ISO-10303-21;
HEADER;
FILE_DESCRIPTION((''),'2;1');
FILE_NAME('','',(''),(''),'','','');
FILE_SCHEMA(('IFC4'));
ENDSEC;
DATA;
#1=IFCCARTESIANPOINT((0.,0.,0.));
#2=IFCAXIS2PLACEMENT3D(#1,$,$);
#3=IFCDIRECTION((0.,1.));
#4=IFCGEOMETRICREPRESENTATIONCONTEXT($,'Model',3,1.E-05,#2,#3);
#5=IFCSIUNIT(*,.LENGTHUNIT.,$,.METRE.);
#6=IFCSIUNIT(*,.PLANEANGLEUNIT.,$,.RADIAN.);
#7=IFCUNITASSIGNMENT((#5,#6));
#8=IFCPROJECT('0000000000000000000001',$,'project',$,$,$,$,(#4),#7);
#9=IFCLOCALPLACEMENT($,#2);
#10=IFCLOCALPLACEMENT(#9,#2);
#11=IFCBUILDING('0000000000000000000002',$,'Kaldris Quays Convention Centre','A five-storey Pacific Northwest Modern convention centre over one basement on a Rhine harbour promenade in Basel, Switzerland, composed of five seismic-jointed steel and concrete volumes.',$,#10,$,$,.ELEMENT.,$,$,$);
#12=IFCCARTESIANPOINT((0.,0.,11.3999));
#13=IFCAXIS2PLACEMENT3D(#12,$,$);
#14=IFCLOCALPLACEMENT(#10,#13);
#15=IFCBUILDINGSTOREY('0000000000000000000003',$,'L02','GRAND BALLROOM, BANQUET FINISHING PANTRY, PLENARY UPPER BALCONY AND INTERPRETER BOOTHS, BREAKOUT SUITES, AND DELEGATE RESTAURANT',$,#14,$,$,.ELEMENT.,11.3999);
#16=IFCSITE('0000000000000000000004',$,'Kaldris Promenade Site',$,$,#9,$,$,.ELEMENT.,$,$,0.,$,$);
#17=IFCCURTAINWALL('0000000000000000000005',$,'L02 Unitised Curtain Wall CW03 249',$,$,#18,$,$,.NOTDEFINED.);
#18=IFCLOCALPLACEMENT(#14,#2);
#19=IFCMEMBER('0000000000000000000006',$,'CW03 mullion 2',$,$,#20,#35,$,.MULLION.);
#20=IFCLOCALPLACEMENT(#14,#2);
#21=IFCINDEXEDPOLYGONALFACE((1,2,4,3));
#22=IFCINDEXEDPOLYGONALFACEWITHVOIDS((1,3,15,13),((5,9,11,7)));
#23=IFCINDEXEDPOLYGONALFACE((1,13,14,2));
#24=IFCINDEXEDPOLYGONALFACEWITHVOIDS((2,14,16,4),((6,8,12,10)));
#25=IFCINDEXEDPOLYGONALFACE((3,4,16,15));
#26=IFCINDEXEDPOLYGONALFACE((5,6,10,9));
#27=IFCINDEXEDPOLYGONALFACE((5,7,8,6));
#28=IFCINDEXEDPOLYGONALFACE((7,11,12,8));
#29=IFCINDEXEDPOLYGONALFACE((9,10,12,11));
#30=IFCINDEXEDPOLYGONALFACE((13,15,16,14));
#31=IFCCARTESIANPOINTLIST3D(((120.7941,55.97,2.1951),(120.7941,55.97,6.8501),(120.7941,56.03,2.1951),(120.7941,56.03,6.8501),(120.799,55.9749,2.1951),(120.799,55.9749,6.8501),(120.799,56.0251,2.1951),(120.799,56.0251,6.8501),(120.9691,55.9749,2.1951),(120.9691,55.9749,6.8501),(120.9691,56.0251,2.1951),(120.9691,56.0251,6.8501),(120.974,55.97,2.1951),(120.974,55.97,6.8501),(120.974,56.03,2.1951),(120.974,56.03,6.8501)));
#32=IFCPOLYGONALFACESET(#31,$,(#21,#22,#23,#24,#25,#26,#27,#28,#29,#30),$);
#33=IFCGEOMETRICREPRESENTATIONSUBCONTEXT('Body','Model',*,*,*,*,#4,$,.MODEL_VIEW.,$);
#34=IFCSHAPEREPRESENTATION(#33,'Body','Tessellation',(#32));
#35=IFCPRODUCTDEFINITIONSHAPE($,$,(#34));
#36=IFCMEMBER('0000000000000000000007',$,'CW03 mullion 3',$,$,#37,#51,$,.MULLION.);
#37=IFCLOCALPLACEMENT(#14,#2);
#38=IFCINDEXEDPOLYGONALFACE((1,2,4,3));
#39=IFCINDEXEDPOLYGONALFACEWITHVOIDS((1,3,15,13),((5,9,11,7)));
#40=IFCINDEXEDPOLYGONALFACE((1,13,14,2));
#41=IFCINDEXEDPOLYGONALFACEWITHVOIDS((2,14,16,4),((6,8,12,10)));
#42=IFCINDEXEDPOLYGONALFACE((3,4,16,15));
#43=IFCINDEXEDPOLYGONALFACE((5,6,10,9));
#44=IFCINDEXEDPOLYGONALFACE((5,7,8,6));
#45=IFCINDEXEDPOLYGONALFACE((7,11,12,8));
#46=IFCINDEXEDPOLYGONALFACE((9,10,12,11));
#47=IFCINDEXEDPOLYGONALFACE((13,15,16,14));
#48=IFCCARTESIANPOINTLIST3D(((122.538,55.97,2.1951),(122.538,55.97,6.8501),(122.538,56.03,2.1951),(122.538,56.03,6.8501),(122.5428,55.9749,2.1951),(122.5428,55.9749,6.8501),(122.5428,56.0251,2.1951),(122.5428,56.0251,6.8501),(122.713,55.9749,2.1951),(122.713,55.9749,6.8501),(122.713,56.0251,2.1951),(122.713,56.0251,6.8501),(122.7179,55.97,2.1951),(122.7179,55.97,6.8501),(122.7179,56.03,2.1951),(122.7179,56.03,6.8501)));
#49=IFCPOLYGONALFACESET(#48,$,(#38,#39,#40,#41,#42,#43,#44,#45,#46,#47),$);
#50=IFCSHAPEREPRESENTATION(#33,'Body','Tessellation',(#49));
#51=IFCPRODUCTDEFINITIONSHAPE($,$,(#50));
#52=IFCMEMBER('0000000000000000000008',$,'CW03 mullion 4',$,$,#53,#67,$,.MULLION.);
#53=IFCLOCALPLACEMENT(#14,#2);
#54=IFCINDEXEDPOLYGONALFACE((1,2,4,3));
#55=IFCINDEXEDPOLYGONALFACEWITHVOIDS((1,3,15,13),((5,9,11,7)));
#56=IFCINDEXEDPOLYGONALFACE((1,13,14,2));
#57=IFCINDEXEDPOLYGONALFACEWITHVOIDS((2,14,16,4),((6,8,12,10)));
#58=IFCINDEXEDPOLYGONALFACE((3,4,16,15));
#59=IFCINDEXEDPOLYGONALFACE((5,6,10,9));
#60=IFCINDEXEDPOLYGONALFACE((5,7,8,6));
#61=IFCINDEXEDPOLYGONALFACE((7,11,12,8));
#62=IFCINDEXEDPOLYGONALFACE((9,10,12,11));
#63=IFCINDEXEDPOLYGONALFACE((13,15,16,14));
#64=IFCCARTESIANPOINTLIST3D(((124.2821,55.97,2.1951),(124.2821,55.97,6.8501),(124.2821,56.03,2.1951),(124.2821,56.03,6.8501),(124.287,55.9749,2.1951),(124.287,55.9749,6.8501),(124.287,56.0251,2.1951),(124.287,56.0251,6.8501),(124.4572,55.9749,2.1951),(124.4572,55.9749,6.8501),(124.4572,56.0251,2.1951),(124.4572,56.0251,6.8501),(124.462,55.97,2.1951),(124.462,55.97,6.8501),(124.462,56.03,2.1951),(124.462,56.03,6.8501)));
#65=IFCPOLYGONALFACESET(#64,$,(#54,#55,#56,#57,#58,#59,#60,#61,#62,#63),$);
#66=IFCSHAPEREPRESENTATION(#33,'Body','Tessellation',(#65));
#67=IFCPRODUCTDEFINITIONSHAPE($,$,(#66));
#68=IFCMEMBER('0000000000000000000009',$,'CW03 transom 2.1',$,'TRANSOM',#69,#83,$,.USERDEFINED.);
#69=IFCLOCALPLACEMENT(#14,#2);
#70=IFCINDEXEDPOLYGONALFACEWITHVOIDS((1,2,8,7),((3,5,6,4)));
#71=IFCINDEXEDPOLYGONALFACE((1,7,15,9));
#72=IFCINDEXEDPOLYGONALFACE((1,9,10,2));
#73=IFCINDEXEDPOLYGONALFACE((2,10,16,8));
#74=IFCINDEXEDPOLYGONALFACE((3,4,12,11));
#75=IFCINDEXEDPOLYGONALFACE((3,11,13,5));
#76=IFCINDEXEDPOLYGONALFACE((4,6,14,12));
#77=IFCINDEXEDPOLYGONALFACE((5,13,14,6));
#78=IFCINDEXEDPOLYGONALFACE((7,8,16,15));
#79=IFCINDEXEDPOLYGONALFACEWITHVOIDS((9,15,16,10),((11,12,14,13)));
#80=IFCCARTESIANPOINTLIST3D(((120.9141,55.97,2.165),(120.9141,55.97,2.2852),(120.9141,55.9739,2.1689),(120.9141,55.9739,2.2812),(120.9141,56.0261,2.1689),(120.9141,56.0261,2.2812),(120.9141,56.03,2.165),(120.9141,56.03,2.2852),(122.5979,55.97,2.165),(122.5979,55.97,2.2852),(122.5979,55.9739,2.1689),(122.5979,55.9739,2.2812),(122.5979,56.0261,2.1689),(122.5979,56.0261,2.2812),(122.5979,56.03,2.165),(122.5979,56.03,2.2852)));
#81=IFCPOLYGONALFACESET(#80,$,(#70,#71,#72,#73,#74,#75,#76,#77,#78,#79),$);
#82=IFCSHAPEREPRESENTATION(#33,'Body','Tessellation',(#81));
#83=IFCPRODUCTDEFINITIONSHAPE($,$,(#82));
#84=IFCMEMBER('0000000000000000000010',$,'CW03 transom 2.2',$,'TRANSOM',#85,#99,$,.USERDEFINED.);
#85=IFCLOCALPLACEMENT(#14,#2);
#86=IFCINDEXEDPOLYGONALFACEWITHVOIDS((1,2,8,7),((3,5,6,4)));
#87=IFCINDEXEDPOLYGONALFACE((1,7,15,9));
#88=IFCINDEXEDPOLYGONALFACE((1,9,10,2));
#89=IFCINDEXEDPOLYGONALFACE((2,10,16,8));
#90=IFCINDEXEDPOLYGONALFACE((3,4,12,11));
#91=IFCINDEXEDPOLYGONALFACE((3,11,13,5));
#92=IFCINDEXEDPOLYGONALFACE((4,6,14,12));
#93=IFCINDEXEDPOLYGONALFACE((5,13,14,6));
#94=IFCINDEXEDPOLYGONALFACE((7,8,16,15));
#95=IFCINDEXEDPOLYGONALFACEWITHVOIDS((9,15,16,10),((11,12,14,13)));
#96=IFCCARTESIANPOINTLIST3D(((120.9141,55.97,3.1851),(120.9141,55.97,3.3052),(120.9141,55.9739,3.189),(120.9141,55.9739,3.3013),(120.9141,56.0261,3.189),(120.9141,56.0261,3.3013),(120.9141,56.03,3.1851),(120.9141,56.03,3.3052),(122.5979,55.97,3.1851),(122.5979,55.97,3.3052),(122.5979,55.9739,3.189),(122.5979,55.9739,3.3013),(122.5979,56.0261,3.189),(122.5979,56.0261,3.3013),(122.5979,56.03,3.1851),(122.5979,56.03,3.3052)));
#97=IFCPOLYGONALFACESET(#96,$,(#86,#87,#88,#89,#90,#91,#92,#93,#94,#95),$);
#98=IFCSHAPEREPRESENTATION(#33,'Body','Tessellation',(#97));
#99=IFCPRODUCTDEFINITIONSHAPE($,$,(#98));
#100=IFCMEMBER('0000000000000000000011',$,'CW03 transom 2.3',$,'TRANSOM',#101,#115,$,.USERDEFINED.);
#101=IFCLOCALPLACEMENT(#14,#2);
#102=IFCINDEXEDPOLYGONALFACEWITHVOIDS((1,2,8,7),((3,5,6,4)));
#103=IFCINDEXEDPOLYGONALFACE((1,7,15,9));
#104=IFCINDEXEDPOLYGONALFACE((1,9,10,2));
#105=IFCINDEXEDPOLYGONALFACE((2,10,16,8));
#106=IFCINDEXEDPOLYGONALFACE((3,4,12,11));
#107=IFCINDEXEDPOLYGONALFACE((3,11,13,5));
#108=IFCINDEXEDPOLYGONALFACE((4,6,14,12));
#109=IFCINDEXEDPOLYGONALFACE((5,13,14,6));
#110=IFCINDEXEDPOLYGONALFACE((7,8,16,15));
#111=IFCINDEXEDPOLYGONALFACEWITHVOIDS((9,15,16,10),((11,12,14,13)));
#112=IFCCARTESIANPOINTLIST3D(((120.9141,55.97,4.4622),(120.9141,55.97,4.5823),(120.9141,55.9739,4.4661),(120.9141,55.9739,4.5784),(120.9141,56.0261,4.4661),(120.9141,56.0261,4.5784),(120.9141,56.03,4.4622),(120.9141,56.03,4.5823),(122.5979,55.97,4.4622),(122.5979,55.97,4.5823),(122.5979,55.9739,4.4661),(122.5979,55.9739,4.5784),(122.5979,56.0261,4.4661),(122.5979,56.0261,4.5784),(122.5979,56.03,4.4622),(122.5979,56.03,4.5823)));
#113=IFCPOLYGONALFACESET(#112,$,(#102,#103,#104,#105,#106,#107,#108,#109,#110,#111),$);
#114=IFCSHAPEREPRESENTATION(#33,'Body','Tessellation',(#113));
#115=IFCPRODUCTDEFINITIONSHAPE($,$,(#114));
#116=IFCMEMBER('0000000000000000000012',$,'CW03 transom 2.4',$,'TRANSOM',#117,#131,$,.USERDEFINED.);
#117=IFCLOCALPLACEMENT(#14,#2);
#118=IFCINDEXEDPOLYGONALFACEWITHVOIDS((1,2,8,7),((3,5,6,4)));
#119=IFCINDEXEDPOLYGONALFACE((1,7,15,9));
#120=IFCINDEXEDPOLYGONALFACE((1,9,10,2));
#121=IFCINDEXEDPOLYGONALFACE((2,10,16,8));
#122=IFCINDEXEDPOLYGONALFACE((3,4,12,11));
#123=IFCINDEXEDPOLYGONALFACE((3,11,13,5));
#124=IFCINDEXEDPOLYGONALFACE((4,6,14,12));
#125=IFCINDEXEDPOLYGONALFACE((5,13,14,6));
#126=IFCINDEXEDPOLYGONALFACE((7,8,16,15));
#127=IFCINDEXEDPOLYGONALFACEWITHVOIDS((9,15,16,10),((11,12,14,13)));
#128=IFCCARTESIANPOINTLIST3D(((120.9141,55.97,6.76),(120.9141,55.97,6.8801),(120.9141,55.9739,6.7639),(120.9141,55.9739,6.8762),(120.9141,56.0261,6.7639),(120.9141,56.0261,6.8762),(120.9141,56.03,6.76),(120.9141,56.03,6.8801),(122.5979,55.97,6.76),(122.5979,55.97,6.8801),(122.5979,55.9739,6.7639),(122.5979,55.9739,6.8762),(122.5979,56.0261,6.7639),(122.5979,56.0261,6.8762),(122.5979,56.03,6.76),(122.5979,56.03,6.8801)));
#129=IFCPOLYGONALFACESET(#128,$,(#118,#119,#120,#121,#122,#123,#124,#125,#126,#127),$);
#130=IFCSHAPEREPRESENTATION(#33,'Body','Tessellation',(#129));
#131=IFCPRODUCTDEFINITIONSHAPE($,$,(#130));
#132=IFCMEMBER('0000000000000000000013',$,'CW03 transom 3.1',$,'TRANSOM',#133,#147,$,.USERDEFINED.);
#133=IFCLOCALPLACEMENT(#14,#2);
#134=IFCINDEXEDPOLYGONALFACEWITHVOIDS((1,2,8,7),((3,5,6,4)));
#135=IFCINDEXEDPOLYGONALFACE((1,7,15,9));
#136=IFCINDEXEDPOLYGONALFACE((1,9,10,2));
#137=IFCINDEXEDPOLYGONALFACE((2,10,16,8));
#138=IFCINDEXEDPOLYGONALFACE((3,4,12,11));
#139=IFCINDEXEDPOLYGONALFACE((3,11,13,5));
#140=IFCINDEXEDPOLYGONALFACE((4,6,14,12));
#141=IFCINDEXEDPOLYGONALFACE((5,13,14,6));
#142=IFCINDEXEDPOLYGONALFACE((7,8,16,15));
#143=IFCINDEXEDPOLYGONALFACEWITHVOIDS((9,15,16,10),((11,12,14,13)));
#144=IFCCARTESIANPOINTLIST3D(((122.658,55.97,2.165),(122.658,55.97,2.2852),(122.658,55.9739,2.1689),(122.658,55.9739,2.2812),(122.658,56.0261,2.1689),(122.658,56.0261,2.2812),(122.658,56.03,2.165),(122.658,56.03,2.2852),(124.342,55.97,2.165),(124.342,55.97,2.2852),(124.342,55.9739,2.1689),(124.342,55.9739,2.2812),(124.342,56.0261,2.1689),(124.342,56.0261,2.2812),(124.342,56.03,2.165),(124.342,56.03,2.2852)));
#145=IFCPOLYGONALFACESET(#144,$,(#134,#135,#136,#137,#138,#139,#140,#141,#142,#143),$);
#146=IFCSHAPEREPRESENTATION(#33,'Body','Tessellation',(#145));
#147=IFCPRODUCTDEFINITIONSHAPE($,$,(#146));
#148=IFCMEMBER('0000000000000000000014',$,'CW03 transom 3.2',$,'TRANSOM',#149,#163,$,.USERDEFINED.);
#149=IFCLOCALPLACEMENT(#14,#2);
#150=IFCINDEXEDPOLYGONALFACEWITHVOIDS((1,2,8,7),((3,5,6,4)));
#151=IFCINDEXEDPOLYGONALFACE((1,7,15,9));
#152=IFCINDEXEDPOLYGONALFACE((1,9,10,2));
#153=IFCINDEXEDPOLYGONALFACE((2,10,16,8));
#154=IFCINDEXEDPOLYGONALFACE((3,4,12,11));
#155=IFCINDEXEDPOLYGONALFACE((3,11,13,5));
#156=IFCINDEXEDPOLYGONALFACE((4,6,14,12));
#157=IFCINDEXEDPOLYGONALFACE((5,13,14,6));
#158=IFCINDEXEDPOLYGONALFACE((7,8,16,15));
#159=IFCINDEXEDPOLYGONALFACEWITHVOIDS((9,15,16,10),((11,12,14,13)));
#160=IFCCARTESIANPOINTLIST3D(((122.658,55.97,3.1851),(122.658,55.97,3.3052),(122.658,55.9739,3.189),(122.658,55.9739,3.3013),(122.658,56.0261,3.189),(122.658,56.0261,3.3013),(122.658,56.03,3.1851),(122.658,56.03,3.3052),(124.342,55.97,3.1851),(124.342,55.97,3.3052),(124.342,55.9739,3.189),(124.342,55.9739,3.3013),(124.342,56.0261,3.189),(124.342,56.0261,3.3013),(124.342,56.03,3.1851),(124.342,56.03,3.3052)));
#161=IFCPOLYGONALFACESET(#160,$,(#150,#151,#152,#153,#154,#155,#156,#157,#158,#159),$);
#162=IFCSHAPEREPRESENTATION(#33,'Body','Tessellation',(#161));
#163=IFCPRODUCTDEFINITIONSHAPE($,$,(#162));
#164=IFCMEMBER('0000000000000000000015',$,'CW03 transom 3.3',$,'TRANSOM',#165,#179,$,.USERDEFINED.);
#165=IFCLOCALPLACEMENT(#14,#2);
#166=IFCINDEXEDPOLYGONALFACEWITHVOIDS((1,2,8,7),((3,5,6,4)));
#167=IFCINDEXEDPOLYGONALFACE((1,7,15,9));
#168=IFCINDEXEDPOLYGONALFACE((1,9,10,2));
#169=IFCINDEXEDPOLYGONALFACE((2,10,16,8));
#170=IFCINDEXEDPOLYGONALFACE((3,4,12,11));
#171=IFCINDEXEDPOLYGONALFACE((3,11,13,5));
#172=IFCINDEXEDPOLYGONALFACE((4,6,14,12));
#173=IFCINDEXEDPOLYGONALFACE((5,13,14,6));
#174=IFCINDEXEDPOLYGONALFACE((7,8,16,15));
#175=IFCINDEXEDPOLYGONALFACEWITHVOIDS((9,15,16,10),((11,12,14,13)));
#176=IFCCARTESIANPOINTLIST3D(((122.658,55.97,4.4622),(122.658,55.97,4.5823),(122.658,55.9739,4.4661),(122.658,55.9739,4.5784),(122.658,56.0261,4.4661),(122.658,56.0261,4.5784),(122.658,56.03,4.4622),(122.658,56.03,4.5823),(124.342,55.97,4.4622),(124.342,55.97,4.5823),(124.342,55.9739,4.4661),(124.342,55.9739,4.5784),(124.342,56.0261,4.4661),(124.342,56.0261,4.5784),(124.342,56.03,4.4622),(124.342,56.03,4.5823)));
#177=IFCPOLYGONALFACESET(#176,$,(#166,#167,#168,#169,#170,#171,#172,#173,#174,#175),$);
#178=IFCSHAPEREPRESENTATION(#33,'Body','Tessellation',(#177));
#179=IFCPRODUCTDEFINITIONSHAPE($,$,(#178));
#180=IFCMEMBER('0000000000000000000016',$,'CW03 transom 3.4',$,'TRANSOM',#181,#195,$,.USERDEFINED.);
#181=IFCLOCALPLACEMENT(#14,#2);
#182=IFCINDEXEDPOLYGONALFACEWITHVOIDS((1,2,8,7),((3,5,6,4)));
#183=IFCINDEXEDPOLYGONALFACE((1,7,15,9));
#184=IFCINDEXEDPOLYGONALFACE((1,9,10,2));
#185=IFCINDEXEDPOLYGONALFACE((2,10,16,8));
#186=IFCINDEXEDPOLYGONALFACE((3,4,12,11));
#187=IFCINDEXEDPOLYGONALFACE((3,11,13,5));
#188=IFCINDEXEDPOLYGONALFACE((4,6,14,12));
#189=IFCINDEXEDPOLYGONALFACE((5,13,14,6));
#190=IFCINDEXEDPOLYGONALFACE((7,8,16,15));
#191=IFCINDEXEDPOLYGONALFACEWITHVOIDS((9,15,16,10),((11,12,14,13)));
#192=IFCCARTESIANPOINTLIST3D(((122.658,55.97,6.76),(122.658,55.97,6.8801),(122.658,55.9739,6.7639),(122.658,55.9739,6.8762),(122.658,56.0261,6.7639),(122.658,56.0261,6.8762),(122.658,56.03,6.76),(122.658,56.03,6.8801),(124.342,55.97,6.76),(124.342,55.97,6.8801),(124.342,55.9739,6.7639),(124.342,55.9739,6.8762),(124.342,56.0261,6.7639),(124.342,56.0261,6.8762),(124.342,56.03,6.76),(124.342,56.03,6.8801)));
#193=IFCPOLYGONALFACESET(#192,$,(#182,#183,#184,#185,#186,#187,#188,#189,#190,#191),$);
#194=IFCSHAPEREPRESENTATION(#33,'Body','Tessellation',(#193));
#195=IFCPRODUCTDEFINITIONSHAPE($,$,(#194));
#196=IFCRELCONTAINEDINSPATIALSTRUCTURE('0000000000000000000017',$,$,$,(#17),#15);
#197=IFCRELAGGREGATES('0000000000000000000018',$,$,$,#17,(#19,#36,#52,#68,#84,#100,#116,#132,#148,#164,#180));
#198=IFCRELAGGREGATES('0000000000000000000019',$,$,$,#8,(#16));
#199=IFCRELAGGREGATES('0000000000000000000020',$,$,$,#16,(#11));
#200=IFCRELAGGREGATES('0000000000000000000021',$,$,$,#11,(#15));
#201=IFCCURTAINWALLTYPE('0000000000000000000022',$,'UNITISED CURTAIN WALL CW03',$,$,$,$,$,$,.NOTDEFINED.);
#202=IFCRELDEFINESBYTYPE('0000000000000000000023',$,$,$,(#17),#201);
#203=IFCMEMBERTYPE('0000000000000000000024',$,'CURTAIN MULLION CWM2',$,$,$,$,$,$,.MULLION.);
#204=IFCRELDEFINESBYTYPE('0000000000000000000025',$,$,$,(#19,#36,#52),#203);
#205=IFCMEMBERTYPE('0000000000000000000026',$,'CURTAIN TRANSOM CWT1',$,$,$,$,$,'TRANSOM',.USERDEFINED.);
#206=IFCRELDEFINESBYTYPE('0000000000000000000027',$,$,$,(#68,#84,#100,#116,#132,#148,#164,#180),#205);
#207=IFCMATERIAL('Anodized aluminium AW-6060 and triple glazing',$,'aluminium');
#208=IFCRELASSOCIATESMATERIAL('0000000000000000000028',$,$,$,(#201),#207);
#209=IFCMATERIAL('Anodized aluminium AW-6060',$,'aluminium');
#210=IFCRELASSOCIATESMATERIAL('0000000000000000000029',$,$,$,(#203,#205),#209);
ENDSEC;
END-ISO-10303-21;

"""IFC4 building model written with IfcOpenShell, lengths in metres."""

from ifc_helpers import new_model, si_unit, direction, frame, origin, origin_2d, place, context, subcontext, project, spatial, hollow_rectangle, extrude, material, material_profile, profile_set, type_object, element, aggregate, save


model = new_model("IFC4")

# Units and contexts
model_context = context("Model", 3, precision=1e-05, world=origin(), true_north=direction((0.0, 1.0)))
body_context = subcontext(model_context, "Body", "Model", "MODEL_VIEW")
ifc_project = project(units=[si_unit("LENGTHUNIT", "METRE"), si_unit("PLANEANGLEUNIT", "RADIAN")], contexts=[model_context])

# Site, building, storey
site_placement = place(None, origin())
site = spatial("IfcSite", under=ifc_project, at=site_placement, Name="Kaldris Promenade Site", CompositionType="ELEMENT", RefElevation=0.0)
building_placement = place(site_placement, origin())
building = spatial("IfcBuilding", under=site, at=building_placement, Name="Kaldris Quays Convention Centre", Description="A five-storey Pacific Northwest Modern convention centre over one basement on a Rhine harbour promenade in Basel, Switzerland, composed of five seismic-jointed steel and concrete volumes.", CompositionType="ELEMENT")
storey_placement = place(building_placement, frame((0.0, 0.0, 11.3999)))
storey = spatial("IfcBuildingStorey", under=building, at=storey_placement, Name="L02", Description="GRAND BALLROOM, BANQUET FINISHING PANTRY, PLENARY UPPER BALCONY AND INTERPRETER BOOTHS, BREAKOUT SUITES, AND DELEGATE RESTAURANT", CompositionType="ELEMENT", Elevation=11.3999)

# Curtain wall, members
ifc_material_1 = material(Name="Anodized aluminium AW-6060 and triple glazing", Category="aluminium")
curtain_wall_type = type_object("IfcCurtainWallType", Name="UNITISED CURTAIN WALL CW03", PredefinedType="NOTDEFINED", material=ifc_material_1)
curtain_wall_placement = place(storey_placement, origin())
curtain_wall = element("IfcCurtainWall", 1, at=curtain_wall_placement, inside=storey, type_object=curtain_wall_type, Name="L02 Unitised Curtain Wall CW03 249", PredefinedType="NOTDEFINED")
ifc_material_2 = material(Name="Anodized aluminium AW-6060", Category="aluminium")
ifc_material_profile_1 = material_profile(ifc_material_2, hollow_rectangle(XDim=0.0601, YDim=0.1799, WallThickness=0.0049, at=origin_2d()), Name="RHS 180x60x5")
ifc_profile_set_1 = profile_set([ifc_material_profile_1], Name="Anodized aluminium AW-6060")
member_type_1 = type_object("IfcMemberType", Name="CURTAIN MULLION CWM2", PredefinedType="MULLION", material=ifc_profile_set_1)
member_1_placement = place(storey_placement, frame((120.884, 56.0, 2.1951), z_axis=(0.0, 0.0, 1.0), x_axis=(0.0, 1.0, 0.0)))
member_1 = element("IfcMember", 2, at=member_1_placement, type_object=member_type_1, Name="CW03 mullion 2", PredefinedType="MULLION", context=body_context, shape_type="SweptSolid", body=[
    extrude(hollow_rectangle(XDim=0.0601, YDim=0.1799, WallThickness=0.0049, at=origin_2d()), origin(), (0.0, 0.0, 1.0), 4.655),
])
member_2_placement = place(storey_placement, frame((122.6279, 56.0, 2.1951), z_axis=(0.0, 0.0, 1.0), x_axis=(0.0, 1.0, 0.0)))
member_2 = element("IfcMember", 3, at=member_2_placement, type_object=member_type_1, Name="CW03 mullion 3", PredefinedType="MULLION", context=body_context, shape_type="SweptSolid", body=[
    extrude(hollow_rectangle(XDim=0.0601, YDim=0.1799, WallThickness=0.0049, at=origin_2d()), origin(), (0.0, 0.0, 1.0), 4.655),
])
member_3_placement = place(storey_placement, frame((124.3721, 56.0, 2.1951), z_axis=(0.0, 0.0, 1.0), x_axis=(0.0, 1.0, 0.0)))
member_3 = element("IfcMember", 4, at=member_3_placement, type_object=member_type_1, Name="CW03 mullion 4", PredefinedType="MULLION", context=body_context, shape_type="SweptSolid", body=[
    extrude(hollow_rectangle(XDim=0.0601, YDim=0.1799, WallThickness=0.0049, at=origin_2d()), origin(), (0.0, 0.0, 1.0), 4.655),
])
ifc_material_profile_2 = material_profile(ifc_material_2, hollow_rectangle(XDim=0.0601, YDim=0.1201, WallThickness=0.0039, at=origin_2d()), Name="RHS 120x60x4")
ifc_profile_set_2 = profile_set([ifc_material_profile_2], Name="Anodized aluminium AW-6060")
member_type_2 = type_object("IfcMemberType", Name="CURTAIN TRANSOM CWT1", ElementType="TRANSOM", PredefinedType="USERDEFINED", material=ifc_profile_set_2)
member_4_placement = place(storey_placement, frame((120.9141, 56.0, 2.2251), z_axis=(1.0, 0.0, 0.0), x_axis=(0.0, 1.0, 0.0)))
member_4 = element("IfcMember", 5, at=member_4_placement, type_object=member_type_2, Name="CW03 transom 2.1", ObjectType="TRANSOM", PredefinedType="USERDEFINED", context=body_context, shape_type="SweptSolid", body=[
    extrude(hollow_rectangle(XDim=0.0601, YDim=0.1201, WallThickness=0.0039, at=origin_2d()), origin(), (0.0, 0.0, 1.0), 1.6838),
])
member_5_placement = place(storey_placement, frame((120.9141, 56.0, 3.2451), z_axis=(1.0, 0.0, 0.0), x_axis=(0.0, 1.0, 0.0)))
member_5 = element("IfcMember", 6, at=member_5_placement, type_object=member_type_2, Name="CW03 transom 2.2", ObjectType="TRANSOM", PredefinedType="USERDEFINED", context=body_context, shape_type="SweptSolid", body=[
    extrude(hollow_rectangle(XDim=0.0601, YDim=0.1201, WallThickness=0.0039, at=origin_2d()), origin(), (0.0, 0.0, 1.0), 1.6838),
])
member_6_placement = place(storey_placement, frame((120.9141, 56.0, 4.5222), z_axis=(1.0, 0.0, 0.0), x_axis=(0.0, 1.0, 0.0)))
member_6 = element("IfcMember", 7, at=member_6_placement, type_object=member_type_2, Name="CW03 transom 2.3", ObjectType="TRANSOM", PredefinedType="USERDEFINED", context=body_context, shape_type="SweptSolid", body=[
    extrude(hollow_rectangle(XDim=0.0601, YDim=0.1201, WallThickness=0.0039, at=origin_2d()), origin(), (0.0, 0.0, 1.0), 1.6838),
])
member_7_placement = place(storey_placement, frame((120.9141, 56.0, 6.8201), z_axis=(1.0, 0.0, 0.0), x_axis=(0.0, 1.0, 0.0)))
member_7 = element("IfcMember", 8, at=member_7_placement, type_object=member_type_2, Name="CW03 transom 2.4", ObjectType="TRANSOM", PredefinedType="USERDEFINED", context=body_context, shape_type="SweptSolid", body=[
    extrude(hollow_rectangle(XDim=0.0601, YDim=0.1201, WallThickness=0.0039, at=origin_2d()), origin(), (0.0, 0.0, 1.0), 1.6838),
])
member_8_placement = place(storey_placement, frame((122.658, 56.0, 2.2251), z_axis=(1.0, 0.0, 0.0), x_axis=(0.0, 1.0, 0.0)))
member_8 = element("IfcMember", 9, at=member_8_placement, type_object=member_type_2, Name="CW03 transom 3.1", ObjectType="TRANSOM", PredefinedType="USERDEFINED", context=body_context, shape_type="SweptSolid", body=[
    extrude(hollow_rectangle(XDim=0.0601, YDim=0.1201, WallThickness=0.0039, at=origin_2d()), origin(), (0.0, 0.0, 1.0), 1.6841),
])
member_9_placement = place(storey_placement, frame((122.658, 56.0, 3.2451), z_axis=(1.0, 0.0, 0.0), x_axis=(0.0, 1.0, 0.0)))
member_9 = element("IfcMember", 10, at=member_9_placement, type_object=member_type_2, Name="CW03 transom 3.2", ObjectType="TRANSOM", PredefinedType="USERDEFINED", context=body_context, shape_type="SweptSolid", body=[
    extrude(hollow_rectangle(XDim=0.0601, YDim=0.1201, WallThickness=0.0039, at=origin_2d()), origin(), (0.0, 0.0, 1.0), 1.6841),
])
member_10_placement = place(storey_placement, frame((122.658, 56.0, 4.5222), z_axis=(1.0, 0.0, 0.0), x_axis=(0.0, 1.0, 0.0)))
member_10 = element("IfcMember", 11, at=member_10_placement, type_object=member_type_2, Name="CW03 transom 3.3", ObjectType="TRANSOM", PredefinedType="USERDEFINED", context=body_context, shape_type="SweptSolid", body=[
    extrude(hollow_rectangle(XDim=0.0601, YDim=0.1201, WallThickness=0.0039, at=origin_2d()), origin(), (0.0, 0.0, 1.0), 1.6841),
])
member_11_placement = place(storey_placement, frame((122.658, 56.0, 6.8201), z_axis=(1.0, 0.0, 0.0), x_axis=(0.0, 1.0, 0.0)))
member_11 = element("IfcMember", 12, at=member_11_placement, type_object=member_type_2, Name="CW03 transom 3.4", ObjectType="TRANSOM", PredefinedType="USERDEFINED", context=body_context, shape_type="SweptSolid", body=[
    extrude(hollow_rectangle(XDim=0.0601, YDim=0.1201, WallThickness=0.0039, at=origin_2d()), origin(), (0.0, 0.0, 1.0), 1.6841),
])

aggregate(curtain_wall, [member_1, member_2, member_3, member_4, member_5, member_6, member_7, member_8, member_9, member_10, member_11])

save(model, "model.ifc")
